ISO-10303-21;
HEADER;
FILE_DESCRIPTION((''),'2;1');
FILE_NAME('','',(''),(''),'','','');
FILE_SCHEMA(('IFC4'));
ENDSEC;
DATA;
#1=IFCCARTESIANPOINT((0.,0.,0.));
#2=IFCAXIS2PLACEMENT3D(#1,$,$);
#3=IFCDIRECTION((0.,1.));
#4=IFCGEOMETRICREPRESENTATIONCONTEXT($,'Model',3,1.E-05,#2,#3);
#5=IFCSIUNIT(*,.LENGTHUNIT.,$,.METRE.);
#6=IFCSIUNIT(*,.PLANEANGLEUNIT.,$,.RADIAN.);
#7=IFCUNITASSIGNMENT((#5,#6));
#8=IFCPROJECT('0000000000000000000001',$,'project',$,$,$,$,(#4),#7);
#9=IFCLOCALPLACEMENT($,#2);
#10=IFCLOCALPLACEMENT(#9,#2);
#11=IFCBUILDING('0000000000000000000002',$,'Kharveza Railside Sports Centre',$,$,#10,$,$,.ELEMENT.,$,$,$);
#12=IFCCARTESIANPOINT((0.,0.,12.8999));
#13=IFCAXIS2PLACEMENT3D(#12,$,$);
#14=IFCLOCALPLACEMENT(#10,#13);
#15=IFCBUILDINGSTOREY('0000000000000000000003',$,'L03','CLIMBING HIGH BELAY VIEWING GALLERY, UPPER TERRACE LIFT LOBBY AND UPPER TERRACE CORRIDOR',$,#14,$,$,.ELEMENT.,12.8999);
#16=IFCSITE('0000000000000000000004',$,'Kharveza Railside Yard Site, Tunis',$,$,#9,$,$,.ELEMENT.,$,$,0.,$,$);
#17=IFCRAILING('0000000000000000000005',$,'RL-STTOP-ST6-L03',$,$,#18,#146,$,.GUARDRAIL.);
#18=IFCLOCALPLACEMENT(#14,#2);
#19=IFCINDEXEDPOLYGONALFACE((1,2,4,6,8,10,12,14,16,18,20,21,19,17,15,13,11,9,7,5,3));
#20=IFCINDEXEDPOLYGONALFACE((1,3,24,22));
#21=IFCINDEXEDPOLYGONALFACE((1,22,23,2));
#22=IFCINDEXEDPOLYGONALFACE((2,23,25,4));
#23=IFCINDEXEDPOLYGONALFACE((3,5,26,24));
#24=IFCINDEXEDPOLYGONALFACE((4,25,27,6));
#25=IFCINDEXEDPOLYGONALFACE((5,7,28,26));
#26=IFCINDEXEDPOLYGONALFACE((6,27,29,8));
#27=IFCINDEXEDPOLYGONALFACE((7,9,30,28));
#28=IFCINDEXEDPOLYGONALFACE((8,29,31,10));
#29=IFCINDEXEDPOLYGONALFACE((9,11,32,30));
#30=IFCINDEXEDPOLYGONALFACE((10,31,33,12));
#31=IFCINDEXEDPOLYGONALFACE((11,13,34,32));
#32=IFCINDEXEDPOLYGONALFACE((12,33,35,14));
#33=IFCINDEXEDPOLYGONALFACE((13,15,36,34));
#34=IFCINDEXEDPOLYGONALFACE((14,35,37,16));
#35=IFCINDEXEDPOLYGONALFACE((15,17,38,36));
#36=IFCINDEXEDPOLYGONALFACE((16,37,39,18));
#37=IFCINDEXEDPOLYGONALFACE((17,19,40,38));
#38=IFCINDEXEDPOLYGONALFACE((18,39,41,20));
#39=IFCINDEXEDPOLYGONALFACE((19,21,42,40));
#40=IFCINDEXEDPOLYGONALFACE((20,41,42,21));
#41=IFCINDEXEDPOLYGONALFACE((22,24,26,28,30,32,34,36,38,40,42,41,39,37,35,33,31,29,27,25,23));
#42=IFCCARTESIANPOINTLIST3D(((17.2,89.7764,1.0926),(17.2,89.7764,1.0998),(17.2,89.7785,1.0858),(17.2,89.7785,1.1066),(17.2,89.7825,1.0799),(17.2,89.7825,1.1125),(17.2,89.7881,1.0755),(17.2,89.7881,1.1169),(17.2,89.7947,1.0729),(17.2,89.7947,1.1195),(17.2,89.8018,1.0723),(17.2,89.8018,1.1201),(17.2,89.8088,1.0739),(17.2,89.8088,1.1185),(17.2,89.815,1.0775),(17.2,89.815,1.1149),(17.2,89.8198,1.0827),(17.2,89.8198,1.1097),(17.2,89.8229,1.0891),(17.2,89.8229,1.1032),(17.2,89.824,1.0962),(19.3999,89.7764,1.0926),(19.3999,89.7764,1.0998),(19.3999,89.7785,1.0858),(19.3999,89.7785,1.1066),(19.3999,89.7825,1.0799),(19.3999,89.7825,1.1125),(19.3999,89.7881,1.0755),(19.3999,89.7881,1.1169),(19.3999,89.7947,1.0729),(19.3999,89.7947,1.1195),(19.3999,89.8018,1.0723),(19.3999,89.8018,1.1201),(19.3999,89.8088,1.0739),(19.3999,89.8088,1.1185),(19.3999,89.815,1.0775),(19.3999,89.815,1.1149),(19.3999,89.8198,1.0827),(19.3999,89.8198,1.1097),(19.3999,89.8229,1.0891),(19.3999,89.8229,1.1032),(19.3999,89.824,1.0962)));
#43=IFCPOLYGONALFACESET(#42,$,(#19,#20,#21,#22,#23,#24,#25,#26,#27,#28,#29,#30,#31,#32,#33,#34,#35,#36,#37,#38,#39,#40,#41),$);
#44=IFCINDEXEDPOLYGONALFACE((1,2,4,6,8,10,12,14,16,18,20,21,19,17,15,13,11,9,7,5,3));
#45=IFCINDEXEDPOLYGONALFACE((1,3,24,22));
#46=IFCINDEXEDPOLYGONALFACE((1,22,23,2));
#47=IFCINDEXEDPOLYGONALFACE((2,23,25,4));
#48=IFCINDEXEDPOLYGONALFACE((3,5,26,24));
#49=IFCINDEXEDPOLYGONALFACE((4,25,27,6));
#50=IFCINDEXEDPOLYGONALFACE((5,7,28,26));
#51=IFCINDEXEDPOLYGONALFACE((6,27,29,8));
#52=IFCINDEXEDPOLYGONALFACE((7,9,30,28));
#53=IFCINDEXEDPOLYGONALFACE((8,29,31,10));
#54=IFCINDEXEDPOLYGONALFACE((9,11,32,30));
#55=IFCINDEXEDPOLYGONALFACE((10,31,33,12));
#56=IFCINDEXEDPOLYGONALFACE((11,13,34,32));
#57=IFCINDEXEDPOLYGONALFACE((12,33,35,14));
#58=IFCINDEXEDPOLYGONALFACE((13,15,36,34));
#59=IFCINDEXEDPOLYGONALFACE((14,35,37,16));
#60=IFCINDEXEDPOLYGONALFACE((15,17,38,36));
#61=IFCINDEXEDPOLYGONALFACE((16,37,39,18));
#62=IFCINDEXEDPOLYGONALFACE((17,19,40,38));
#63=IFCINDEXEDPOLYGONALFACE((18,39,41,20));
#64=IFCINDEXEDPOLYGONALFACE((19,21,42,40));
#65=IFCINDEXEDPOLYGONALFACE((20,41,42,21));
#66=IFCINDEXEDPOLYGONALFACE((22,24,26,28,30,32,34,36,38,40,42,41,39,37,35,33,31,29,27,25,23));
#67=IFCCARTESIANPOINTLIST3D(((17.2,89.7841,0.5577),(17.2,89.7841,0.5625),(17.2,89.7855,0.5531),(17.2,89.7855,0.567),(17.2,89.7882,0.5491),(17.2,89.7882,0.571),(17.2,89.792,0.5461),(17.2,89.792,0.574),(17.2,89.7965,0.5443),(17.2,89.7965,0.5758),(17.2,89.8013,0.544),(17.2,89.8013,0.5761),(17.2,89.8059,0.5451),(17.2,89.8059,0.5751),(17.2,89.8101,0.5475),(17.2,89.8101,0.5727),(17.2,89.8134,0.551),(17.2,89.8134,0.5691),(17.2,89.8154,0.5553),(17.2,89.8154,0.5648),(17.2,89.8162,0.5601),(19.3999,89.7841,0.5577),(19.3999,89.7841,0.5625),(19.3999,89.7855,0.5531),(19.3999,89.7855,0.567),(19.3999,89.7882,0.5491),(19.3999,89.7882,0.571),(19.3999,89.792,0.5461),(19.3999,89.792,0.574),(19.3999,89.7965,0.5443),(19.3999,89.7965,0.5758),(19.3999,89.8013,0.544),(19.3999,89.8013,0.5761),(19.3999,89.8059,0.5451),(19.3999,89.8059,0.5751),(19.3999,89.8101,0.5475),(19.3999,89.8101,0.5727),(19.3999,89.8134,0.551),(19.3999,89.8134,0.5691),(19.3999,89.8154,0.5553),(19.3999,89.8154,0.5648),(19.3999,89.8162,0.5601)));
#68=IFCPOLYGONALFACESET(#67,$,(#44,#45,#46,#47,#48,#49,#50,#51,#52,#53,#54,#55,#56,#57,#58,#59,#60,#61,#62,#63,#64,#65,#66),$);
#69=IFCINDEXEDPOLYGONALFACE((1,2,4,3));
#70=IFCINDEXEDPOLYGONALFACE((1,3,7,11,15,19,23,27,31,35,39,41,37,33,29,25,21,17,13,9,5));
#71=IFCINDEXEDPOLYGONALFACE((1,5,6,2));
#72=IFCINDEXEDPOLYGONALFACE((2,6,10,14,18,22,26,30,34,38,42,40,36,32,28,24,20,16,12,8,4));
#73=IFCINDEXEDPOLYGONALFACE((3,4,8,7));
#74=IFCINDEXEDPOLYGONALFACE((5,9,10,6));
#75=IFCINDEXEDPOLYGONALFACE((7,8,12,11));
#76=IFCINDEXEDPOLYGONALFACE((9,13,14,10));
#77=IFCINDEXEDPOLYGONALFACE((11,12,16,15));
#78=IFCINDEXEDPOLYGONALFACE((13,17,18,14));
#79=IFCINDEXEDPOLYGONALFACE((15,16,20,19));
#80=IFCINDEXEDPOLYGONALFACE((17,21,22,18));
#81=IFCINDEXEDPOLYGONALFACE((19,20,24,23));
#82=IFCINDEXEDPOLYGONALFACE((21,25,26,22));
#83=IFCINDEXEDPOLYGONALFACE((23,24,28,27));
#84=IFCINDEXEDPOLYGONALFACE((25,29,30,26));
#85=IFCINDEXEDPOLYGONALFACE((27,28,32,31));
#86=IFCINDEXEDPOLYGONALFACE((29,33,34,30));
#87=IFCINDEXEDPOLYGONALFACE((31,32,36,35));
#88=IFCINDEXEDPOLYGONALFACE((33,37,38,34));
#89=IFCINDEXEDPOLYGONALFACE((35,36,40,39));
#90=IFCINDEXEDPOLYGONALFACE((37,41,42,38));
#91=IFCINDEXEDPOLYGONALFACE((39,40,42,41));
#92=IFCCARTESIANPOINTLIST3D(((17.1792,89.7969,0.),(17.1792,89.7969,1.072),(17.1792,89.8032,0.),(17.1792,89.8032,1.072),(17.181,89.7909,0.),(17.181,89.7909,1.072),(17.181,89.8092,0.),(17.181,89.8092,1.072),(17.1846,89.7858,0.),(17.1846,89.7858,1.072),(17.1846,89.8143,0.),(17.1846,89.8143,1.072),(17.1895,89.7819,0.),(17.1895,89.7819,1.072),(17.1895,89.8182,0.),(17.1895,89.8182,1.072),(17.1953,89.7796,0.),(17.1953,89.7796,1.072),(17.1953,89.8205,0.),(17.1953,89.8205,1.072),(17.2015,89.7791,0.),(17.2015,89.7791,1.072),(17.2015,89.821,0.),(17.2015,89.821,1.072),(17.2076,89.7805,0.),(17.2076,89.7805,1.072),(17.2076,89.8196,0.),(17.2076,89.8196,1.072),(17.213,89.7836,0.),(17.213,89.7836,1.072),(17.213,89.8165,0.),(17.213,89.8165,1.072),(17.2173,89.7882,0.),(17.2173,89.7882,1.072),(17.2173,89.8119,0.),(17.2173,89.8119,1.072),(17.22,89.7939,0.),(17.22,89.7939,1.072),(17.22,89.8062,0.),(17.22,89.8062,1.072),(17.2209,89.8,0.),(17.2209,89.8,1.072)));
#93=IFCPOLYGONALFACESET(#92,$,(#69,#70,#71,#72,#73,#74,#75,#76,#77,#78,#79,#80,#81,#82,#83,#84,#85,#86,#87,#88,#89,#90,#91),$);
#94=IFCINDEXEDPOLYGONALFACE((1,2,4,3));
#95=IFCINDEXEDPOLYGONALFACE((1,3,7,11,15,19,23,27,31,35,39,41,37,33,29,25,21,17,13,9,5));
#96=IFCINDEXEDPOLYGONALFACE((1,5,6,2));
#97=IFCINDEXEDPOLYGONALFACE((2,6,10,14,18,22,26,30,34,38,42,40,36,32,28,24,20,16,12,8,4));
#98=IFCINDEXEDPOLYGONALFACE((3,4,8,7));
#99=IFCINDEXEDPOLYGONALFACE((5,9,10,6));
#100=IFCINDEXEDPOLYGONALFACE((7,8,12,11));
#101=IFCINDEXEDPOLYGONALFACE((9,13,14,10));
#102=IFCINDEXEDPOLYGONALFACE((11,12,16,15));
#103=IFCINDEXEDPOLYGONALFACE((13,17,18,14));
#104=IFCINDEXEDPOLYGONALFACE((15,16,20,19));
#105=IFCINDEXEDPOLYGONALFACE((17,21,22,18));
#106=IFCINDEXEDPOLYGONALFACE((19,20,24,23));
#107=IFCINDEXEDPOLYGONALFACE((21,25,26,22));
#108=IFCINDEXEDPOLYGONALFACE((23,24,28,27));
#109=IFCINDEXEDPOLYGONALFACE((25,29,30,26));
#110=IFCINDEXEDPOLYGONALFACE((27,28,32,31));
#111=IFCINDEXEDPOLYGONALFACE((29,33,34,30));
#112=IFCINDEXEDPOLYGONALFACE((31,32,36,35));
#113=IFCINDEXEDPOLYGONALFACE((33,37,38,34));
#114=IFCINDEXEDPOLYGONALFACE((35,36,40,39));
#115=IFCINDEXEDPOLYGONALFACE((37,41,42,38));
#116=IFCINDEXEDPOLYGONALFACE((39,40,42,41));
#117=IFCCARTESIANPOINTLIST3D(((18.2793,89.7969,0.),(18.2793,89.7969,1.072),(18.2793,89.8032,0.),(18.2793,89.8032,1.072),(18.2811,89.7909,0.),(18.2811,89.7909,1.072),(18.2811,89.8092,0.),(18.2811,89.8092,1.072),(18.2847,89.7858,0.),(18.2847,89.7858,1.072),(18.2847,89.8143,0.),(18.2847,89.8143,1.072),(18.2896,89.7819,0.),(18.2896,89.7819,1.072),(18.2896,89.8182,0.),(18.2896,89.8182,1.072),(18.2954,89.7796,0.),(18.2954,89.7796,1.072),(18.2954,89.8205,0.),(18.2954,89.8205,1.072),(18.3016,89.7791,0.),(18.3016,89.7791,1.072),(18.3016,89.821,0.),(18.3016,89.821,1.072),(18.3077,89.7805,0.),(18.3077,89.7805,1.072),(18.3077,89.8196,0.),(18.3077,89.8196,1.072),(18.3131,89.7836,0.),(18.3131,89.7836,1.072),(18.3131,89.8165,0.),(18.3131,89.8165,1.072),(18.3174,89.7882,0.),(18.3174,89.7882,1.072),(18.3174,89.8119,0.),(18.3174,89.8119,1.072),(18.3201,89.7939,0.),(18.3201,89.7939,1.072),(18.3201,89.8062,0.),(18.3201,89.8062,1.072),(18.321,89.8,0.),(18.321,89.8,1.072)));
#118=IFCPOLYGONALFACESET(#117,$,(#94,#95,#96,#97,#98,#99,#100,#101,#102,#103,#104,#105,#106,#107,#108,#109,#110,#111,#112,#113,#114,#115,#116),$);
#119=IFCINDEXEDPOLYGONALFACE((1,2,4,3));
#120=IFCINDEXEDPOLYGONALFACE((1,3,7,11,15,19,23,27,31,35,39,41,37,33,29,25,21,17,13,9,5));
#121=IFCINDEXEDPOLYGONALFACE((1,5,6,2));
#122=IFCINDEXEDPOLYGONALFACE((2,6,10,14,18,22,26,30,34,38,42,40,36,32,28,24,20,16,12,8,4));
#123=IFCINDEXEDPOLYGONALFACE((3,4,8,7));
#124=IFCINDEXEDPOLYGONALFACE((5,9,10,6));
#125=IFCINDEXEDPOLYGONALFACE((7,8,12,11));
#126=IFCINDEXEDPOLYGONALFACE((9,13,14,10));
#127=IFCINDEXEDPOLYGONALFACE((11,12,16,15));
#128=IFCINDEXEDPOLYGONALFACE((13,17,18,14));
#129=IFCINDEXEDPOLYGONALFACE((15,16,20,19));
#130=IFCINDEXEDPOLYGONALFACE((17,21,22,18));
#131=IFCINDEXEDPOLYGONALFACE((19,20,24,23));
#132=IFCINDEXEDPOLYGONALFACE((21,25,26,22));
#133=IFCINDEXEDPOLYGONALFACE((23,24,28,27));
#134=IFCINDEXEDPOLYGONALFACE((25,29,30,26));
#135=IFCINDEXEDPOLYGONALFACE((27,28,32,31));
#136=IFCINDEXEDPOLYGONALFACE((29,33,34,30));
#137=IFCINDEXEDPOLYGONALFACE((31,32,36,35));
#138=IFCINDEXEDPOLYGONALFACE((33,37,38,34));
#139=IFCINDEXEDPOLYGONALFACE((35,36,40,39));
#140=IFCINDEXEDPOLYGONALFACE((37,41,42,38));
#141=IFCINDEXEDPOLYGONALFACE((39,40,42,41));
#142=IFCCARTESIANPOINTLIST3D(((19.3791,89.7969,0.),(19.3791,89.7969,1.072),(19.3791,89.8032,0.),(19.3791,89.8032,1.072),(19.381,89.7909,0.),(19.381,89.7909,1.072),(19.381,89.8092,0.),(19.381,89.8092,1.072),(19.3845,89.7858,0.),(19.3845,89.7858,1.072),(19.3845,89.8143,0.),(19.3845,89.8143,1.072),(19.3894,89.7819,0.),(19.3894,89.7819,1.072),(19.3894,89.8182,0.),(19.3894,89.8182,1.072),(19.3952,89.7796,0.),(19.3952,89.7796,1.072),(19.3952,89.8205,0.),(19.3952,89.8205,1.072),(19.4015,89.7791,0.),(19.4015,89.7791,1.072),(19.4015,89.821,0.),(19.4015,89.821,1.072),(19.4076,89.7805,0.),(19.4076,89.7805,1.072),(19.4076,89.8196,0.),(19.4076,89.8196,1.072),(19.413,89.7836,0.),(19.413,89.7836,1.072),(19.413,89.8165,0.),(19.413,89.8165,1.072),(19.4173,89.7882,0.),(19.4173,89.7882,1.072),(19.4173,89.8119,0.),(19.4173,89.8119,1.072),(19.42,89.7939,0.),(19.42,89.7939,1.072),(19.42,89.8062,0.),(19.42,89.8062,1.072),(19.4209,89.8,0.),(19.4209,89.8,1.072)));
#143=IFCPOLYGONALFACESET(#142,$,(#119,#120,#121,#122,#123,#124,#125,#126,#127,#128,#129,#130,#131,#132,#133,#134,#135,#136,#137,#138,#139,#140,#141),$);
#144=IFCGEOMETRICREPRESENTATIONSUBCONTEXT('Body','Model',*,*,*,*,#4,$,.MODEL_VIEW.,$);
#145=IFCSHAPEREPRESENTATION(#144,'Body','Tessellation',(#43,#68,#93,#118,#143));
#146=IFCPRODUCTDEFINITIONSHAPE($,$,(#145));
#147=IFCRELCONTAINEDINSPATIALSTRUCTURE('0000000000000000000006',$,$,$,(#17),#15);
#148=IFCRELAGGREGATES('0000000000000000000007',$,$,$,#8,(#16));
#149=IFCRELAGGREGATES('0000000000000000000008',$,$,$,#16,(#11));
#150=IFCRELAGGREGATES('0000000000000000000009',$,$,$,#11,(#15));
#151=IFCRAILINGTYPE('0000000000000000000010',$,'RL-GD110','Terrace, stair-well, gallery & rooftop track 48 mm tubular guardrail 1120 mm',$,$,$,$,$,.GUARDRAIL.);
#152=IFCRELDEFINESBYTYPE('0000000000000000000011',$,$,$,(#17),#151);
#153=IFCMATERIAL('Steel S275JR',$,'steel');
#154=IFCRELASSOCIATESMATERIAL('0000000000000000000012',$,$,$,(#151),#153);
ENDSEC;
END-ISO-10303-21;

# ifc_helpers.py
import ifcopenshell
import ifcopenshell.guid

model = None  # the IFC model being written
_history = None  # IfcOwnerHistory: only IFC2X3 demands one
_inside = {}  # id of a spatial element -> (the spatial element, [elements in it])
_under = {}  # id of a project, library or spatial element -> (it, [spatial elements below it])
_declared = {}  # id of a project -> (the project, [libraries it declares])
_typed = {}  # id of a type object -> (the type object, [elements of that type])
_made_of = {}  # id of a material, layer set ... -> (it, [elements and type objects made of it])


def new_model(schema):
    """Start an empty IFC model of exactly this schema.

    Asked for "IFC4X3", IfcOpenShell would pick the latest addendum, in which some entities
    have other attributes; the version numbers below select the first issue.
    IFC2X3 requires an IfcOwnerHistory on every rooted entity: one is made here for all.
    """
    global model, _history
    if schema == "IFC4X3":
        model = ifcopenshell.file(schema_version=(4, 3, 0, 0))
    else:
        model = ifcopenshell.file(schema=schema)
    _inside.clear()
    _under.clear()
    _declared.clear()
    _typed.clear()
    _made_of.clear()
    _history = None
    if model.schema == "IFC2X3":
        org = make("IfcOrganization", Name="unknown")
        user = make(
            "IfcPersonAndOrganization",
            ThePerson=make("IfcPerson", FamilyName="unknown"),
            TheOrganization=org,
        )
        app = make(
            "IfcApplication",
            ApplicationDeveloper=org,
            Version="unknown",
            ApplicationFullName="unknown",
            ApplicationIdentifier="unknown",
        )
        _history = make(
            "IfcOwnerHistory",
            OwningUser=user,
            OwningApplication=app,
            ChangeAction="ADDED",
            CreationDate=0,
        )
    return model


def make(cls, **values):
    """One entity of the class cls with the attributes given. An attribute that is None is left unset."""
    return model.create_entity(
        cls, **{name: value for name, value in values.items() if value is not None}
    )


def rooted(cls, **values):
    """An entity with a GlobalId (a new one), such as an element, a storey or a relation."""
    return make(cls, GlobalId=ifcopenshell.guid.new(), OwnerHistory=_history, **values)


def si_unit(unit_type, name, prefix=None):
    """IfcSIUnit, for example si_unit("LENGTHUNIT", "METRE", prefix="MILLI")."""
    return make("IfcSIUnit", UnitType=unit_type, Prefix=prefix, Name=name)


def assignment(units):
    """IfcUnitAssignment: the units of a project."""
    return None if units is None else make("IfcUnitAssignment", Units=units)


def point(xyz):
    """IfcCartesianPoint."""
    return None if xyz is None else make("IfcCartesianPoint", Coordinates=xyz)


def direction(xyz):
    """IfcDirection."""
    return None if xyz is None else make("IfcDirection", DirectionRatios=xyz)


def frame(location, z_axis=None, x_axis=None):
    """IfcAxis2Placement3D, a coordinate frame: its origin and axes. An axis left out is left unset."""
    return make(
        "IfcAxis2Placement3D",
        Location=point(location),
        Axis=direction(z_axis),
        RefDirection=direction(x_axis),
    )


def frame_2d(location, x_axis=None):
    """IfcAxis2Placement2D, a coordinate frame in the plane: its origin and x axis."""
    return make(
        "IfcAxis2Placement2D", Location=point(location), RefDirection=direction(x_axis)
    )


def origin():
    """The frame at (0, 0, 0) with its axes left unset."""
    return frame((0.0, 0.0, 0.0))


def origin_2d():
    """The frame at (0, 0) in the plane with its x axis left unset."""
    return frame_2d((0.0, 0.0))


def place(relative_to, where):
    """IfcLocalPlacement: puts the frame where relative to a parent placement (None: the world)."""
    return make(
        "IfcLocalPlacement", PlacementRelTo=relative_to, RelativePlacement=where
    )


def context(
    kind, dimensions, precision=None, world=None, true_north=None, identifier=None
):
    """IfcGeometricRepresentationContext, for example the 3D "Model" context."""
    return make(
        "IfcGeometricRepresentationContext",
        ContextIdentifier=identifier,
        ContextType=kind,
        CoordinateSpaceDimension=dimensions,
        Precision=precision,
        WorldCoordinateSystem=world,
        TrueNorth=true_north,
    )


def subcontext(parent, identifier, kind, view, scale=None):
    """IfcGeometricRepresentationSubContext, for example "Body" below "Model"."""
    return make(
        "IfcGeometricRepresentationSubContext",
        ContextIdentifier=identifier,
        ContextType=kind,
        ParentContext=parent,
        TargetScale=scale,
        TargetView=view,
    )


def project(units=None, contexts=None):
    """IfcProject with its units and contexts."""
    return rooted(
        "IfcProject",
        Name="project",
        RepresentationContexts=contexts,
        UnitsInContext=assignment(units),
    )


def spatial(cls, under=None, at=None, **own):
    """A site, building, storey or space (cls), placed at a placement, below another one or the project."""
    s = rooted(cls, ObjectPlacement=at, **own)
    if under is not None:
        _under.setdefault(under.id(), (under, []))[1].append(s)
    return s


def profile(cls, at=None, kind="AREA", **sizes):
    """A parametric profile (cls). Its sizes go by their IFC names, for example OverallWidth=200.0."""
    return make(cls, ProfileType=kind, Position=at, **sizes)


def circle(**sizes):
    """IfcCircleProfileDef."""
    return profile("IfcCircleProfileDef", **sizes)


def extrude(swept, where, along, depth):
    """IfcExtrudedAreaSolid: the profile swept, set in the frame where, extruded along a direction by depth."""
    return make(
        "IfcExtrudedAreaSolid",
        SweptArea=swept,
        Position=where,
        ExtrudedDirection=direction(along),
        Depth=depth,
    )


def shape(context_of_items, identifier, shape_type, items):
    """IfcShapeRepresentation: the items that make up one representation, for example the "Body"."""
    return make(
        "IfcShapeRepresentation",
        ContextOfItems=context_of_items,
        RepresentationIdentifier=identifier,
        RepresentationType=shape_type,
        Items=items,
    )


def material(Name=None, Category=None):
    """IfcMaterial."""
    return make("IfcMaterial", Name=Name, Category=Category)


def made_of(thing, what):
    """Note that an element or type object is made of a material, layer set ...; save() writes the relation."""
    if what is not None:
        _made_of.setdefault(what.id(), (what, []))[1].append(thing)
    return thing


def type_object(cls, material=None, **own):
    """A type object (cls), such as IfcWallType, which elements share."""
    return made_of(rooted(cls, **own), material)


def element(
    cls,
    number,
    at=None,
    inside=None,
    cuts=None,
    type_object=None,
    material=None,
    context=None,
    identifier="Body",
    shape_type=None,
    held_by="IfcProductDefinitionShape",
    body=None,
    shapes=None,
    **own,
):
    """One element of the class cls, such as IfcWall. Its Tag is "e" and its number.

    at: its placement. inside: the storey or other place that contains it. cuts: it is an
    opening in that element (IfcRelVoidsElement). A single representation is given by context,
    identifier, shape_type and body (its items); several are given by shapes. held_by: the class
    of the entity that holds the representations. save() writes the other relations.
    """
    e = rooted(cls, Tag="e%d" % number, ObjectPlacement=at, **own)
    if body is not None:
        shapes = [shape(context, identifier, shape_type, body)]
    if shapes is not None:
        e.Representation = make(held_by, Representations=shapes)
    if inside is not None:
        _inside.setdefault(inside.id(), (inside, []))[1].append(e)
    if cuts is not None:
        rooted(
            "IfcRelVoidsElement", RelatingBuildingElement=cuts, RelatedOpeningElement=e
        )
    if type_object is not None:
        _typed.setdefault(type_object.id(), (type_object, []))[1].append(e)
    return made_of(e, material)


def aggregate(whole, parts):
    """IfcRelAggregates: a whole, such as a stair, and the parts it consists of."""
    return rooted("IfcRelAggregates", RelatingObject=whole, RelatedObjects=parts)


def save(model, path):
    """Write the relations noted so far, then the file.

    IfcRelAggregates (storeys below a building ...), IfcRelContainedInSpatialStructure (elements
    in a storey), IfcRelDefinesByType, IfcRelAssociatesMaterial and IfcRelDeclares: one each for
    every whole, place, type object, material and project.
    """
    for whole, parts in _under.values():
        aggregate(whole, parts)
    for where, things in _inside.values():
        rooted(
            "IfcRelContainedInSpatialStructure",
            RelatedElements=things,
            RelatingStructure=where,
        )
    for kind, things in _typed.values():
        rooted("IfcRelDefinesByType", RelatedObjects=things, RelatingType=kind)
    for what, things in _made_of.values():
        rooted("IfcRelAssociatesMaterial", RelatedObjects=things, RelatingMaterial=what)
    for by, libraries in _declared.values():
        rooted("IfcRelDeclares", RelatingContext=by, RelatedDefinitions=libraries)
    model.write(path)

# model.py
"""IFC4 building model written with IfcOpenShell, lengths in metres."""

from ifc_helpers import new_model, si_unit, direction, frame, origin, origin_2d, place, context, subcontext, project, spatial, circle, extrude, material, type_object, element, save


model = new_model("IFC4")

# Units and contexts
model_context = context("Model", 3, precision=1e-05, world=origin(), true_north=direction((0.0, 1.0)))
body_context = subcontext(model_context, "Body", "Model", "MODEL_VIEW")
ifc_project = project(units=[si_unit("LENGTHUNIT", "METRE"), si_unit("PLANEANGLEUNIT", "RADIAN")], contexts=[model_context])

# Site, building, storey
site_placement = place(None, origin())
site = spatial("IfcSite", under=ifc_project, at=site_placement, Name="Kharveza Railside Yard Site, Tunis", CompositionType="ELEMENT", RefElevation=0.0)
building_placement = place(site_placement, origin())
building = spatial("IfcBuilding", under=site, at=building_placement, Name="Kharveza Railside Sports Centre", CompositionType="ELEMENT")
storey_placement = place(building_placement, frame((0.0, 0.0, 12.8999)))
storey = spatial("IfcBuildingStorey", under=building, at=storey_placement, Name="L03", Description="CLIMBING HIGH BELAY VIEWING GALLERY, UPPER TERRACE LIFT LOBBY AND UPPER TERRACE CORRIDOR", CompositionType="ELEMENT", Elevation=12.8999)

# Railing
ifc_material_1 = material(Name="Steel S275JR", Category="steel")
railing_type = type_object("IfcRailingType", Name="RL-GD110", Description="Terrace, stair-well, gallery & rooftop track 48 mm tubular guardrail 1120 mm", PredefinedType="GUARDRAIL", material=ifc_material_1)
railing_placement = place(storey_placement, frame((17.2, 89.8, 0.0)))
element("IfcRailing", 1, at=railing_placement, inside=storey, type_object=railing_type, Name="RL-STTOP-ST6-L03", PredefinedType="GUARDRAIL", context=body_context, shape_type="SweptSolid", body=[
    extrude(circle(Radius=0.0239, at=origin_2d()), frame((0.0, 0.0, 1.0962), z_axis=(1.0, 0.0, 0.0), x_axis=(0.0, 1.0, 0.0)), (0.0, 0.0, 1.0), 2.2),
    extrude(circle(Radius=0.0161, at=origin_2d()), frame((0.0, 0.0, 0.5601), z_axis=(1.0, 0.0, 0.0), x_axis=(0.0, 1.0, 0.0)), (0.0, 0.0, 1.0), 2.2),
    extrude(circle(Radius=0.021, at=origin_2d()), origin(), (0.0, 0.0, 1.0), 1.072),
    extrude(circle(Radius=0.021, at=origin_2d()), frame((1.1001, 0.0, 0.0)), (0.0, 0.0, 1.0), 1.072),
    extrude(circle(Radius=0.021, at=origin_2d()), frame((2.2, 0.0, 0.0)), (0.0, 0.0, 1.0), 1.072),
])

save(model, "model.ifc")
